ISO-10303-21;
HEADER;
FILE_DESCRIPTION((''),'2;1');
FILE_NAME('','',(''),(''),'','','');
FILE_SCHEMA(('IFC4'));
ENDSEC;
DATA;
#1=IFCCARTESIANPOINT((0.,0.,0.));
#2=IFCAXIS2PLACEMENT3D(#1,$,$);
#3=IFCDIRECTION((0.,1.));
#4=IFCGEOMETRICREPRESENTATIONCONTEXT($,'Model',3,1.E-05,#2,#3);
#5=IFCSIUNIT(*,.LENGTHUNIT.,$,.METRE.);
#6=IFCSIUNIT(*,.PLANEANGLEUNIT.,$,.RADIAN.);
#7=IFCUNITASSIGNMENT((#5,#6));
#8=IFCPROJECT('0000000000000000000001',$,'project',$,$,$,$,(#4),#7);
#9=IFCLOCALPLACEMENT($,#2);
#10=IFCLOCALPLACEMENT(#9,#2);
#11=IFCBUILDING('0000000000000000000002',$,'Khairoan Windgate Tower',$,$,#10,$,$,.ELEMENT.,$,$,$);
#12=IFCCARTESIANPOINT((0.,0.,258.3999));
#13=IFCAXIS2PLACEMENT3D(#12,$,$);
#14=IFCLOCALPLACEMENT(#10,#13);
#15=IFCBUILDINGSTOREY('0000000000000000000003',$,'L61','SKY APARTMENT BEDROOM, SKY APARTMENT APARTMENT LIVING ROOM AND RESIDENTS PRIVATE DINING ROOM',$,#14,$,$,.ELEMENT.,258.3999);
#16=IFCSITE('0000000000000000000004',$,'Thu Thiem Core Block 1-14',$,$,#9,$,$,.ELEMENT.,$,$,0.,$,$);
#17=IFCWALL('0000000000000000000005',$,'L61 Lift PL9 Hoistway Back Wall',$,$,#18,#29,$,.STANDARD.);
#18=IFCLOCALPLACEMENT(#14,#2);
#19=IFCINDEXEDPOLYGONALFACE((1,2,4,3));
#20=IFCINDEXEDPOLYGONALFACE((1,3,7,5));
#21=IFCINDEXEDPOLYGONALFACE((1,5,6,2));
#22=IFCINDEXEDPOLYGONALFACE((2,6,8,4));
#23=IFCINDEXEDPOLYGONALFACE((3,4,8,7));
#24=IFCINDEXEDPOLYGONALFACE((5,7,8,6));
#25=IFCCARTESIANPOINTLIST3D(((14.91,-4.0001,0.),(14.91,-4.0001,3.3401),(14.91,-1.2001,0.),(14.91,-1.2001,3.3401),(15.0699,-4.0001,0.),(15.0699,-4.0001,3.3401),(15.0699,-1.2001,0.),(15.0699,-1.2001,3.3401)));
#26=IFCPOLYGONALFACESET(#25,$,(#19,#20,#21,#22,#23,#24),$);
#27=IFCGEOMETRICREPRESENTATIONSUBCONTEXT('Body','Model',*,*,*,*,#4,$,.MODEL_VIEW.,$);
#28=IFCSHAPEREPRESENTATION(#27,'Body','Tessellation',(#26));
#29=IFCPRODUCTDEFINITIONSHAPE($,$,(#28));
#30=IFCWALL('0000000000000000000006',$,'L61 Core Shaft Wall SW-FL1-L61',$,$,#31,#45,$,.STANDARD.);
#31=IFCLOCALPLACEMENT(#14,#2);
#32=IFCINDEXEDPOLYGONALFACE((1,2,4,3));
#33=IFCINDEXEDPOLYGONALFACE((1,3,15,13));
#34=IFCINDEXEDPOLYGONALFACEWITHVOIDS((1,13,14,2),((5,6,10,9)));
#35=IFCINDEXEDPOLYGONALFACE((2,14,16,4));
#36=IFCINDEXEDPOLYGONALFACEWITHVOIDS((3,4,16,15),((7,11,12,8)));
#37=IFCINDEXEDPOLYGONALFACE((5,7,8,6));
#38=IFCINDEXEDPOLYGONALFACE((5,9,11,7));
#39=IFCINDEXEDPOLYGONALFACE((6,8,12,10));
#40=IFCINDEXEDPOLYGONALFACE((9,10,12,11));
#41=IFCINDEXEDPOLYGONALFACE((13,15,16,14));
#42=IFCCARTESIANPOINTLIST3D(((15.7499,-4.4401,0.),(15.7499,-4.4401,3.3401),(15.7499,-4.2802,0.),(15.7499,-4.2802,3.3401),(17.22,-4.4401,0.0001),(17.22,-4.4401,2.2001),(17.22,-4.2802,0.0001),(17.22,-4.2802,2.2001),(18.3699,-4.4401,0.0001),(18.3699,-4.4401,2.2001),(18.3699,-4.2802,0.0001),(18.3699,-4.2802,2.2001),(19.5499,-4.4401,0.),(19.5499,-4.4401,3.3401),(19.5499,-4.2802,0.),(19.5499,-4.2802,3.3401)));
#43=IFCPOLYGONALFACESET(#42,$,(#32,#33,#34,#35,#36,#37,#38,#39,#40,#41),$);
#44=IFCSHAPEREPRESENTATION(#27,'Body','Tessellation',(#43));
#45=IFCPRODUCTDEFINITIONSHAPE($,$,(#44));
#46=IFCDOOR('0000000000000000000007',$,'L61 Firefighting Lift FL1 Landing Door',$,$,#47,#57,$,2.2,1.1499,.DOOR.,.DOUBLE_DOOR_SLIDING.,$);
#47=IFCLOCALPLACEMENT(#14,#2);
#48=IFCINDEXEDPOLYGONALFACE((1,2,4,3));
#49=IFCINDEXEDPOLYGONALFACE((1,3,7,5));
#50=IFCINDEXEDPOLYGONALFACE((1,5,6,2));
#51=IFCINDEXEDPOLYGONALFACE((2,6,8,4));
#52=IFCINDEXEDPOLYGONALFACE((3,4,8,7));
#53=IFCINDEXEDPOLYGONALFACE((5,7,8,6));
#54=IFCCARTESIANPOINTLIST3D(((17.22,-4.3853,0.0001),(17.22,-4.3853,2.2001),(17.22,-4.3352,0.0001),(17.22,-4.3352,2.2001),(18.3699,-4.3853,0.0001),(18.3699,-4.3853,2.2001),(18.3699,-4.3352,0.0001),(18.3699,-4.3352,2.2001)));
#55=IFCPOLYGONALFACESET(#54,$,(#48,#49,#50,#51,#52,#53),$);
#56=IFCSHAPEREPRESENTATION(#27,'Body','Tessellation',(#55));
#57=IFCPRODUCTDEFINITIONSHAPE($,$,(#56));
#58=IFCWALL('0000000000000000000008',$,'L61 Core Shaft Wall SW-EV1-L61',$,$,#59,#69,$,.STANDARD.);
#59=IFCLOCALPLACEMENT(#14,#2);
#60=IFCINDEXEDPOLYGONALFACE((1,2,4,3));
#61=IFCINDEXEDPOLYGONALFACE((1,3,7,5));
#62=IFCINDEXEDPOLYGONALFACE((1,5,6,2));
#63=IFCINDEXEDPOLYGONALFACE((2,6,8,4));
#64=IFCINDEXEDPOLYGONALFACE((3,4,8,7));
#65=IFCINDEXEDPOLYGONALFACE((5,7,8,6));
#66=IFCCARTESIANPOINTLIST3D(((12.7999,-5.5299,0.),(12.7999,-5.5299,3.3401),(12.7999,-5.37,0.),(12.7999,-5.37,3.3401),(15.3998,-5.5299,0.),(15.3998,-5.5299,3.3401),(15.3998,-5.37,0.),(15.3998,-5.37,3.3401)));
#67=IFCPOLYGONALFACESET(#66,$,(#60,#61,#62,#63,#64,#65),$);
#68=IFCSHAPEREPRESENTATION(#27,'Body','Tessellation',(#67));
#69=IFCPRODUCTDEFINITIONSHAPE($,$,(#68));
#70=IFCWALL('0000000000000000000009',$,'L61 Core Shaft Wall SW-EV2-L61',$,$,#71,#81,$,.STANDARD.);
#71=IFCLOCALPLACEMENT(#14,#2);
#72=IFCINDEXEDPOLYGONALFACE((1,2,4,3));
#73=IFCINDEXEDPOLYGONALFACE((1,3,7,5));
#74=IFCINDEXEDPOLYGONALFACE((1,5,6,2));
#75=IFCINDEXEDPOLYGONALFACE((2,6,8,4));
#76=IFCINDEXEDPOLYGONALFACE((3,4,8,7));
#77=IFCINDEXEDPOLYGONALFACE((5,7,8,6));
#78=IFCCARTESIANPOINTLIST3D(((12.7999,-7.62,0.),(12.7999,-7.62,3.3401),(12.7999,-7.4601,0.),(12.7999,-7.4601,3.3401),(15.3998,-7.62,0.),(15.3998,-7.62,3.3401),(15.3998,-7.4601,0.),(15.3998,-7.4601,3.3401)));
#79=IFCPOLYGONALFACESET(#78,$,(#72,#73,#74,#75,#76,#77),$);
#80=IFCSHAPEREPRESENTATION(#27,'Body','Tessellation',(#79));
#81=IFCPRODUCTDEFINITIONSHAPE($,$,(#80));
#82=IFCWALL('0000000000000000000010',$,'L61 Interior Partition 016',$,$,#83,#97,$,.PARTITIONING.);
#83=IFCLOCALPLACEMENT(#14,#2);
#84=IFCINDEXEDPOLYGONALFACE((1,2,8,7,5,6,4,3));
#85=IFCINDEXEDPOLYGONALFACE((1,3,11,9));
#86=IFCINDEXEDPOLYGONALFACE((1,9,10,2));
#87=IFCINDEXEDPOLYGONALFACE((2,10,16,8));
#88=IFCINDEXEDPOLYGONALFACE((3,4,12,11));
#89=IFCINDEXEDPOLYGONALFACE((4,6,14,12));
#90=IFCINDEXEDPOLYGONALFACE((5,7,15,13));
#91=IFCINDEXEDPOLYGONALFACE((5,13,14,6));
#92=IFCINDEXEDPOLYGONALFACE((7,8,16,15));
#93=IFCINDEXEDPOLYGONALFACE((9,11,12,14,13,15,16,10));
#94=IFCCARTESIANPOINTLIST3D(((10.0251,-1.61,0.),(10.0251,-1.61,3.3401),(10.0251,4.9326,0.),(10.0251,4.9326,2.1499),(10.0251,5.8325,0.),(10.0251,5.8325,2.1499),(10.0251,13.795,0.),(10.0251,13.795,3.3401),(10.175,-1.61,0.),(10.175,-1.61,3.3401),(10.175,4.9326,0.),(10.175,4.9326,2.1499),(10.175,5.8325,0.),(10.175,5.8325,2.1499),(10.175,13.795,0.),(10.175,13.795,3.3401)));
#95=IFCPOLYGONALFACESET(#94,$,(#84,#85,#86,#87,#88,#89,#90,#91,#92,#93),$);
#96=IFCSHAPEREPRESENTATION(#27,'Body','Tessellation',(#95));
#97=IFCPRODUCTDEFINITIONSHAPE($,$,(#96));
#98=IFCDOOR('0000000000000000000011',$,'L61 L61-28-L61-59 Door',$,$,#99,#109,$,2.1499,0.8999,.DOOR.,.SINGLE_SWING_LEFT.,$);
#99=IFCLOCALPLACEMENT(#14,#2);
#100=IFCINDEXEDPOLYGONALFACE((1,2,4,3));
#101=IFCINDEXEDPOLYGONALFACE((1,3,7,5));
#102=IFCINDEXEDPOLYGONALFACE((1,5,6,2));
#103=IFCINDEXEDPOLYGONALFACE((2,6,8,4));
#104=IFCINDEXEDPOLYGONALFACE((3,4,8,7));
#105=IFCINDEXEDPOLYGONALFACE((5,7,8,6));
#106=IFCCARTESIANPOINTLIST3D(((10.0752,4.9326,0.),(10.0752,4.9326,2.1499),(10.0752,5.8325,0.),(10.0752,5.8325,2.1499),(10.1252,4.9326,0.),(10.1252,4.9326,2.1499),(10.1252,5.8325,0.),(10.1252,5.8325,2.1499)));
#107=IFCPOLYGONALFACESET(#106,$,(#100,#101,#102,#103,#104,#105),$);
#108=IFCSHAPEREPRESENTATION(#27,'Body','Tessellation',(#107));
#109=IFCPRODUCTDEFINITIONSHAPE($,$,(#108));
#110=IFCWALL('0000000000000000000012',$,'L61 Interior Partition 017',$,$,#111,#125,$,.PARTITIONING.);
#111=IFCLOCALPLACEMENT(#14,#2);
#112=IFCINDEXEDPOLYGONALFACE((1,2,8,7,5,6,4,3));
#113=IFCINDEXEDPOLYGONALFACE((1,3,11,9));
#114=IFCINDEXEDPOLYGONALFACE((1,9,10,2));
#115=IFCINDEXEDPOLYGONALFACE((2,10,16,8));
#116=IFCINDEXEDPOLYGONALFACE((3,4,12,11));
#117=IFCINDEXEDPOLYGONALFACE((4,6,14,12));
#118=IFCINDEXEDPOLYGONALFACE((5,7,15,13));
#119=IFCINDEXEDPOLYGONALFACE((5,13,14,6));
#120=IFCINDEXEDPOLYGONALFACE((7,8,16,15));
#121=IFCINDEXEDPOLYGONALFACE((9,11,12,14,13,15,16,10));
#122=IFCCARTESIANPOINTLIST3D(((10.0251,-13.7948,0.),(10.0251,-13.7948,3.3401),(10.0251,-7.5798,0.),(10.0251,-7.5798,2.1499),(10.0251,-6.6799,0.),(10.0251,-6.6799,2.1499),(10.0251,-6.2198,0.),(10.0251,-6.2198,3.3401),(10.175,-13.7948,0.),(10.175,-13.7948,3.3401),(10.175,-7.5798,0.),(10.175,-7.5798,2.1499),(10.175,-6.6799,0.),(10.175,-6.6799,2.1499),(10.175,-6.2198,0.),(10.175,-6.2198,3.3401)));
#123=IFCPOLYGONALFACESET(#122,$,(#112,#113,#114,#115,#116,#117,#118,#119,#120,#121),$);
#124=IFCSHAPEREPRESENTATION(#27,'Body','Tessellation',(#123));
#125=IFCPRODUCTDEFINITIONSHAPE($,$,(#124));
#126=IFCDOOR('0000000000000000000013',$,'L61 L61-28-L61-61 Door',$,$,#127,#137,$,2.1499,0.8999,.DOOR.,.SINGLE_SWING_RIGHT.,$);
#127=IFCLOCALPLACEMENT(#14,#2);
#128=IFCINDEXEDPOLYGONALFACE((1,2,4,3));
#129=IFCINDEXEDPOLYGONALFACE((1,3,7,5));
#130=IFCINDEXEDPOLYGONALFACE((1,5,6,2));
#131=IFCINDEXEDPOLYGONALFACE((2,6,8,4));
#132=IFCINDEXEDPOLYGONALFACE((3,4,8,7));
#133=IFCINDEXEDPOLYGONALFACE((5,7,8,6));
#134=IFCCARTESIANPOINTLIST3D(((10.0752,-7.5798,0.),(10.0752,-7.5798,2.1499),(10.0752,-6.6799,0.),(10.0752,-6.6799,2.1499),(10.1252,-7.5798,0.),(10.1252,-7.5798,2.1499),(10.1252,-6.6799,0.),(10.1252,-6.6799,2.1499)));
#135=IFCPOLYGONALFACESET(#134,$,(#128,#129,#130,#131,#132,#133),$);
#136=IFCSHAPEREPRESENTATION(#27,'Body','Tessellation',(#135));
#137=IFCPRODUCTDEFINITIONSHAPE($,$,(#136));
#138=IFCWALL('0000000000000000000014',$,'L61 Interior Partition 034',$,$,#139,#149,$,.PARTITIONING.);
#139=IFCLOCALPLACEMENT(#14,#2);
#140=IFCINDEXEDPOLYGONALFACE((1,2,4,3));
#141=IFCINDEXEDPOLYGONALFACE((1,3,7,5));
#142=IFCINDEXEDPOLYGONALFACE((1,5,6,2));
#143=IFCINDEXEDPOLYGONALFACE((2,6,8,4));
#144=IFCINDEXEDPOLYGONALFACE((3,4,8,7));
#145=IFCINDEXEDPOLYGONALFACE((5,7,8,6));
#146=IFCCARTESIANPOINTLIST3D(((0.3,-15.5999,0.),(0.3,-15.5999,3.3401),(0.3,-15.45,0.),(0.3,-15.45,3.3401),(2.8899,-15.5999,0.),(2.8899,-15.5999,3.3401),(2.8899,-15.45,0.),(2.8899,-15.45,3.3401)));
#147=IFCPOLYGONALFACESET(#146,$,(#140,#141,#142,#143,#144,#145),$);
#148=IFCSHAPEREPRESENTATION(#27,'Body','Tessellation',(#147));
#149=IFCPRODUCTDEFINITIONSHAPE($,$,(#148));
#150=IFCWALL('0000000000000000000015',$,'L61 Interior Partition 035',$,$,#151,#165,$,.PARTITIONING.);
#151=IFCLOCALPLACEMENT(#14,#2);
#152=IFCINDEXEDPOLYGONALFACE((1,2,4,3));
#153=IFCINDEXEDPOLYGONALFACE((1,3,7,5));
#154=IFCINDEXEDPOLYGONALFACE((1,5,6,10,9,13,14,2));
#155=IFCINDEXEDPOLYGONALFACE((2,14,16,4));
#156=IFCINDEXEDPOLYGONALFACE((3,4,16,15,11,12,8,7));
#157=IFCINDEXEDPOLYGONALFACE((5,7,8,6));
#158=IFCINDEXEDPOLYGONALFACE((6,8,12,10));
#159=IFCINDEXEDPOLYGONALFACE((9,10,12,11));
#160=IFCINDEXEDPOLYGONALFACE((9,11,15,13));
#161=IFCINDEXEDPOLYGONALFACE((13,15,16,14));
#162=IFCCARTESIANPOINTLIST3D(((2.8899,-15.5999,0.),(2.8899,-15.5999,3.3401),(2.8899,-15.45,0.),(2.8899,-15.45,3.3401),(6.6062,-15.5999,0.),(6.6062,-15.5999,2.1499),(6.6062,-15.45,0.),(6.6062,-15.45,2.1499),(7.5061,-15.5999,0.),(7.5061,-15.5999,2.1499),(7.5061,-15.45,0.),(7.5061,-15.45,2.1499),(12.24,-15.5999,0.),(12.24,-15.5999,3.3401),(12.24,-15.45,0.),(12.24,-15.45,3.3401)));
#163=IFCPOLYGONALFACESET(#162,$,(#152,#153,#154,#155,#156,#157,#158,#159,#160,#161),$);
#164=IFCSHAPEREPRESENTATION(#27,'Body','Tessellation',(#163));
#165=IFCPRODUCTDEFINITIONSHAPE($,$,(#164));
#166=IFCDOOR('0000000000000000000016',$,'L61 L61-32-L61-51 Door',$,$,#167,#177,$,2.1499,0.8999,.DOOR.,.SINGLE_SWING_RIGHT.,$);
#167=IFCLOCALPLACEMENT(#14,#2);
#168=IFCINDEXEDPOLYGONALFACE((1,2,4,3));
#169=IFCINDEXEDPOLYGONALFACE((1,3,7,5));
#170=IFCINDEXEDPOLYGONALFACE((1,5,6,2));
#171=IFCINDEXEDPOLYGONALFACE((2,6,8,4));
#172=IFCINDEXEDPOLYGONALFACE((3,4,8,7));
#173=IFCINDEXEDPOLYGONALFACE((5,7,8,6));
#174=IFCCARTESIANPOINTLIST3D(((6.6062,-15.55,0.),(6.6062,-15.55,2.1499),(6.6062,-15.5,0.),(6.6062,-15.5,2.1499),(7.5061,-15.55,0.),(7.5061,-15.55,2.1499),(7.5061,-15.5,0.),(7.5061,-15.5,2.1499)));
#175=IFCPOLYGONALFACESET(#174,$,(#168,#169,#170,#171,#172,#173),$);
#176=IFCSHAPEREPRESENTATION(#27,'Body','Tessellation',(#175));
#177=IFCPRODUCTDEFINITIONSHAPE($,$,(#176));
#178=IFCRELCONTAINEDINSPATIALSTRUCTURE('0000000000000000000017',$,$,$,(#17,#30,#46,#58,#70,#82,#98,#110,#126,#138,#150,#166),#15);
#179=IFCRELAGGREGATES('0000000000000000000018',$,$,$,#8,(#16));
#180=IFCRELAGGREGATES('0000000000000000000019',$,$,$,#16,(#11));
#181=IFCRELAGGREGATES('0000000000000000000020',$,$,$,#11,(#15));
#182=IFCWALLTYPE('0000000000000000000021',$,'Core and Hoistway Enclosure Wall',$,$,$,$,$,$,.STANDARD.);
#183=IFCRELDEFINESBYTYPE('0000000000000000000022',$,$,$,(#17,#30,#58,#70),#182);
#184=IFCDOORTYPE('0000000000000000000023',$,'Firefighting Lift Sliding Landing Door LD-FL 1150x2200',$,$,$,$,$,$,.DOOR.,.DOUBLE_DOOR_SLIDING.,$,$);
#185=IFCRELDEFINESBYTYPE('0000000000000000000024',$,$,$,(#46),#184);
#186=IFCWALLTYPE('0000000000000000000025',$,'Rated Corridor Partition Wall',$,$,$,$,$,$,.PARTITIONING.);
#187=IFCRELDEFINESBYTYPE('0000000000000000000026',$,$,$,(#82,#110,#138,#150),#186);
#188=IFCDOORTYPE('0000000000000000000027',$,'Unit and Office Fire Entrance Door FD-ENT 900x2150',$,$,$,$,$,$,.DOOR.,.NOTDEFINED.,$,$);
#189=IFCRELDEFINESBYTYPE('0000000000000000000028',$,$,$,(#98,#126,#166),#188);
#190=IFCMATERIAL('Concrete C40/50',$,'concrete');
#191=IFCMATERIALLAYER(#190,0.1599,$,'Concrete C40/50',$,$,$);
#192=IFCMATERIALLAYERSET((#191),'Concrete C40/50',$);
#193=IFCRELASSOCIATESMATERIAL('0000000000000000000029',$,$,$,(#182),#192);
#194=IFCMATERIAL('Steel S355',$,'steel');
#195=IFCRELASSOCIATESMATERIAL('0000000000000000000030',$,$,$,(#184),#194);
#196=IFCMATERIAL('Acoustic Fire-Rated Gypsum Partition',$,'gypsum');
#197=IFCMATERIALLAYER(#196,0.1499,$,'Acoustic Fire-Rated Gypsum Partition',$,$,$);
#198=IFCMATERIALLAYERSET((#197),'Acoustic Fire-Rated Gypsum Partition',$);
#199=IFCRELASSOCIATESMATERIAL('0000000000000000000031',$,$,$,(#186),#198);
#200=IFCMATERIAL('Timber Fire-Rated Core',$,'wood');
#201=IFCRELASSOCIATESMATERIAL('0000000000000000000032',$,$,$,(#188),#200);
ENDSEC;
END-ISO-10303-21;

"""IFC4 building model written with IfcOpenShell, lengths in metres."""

from ifc_helpers import new_model, si_unit, direction, frame, frame_2d, origin, place, context, subcontext, project, spatial, rectangle, extrude, material, layer, layer_set, type_object, element, fill, save


model = new_model("IFC4")

# Units and contexts
model_context = context("Model", 3, precision=1e-05, world=origin(), true_north=direction((0.0, 1.0)))
body_context = subcontext(model_context, "Body", "Model", "MODEL_VIEW")
ifc_project = project(units=[si_unit("LENGTHUNIT", "METRE"), si_unit("PLANEANGLEUNIT", "RADIAN")], contexts=[model_context])

# Site, building, storey
site_placement = place(None, origin())
site = spatial("IfcSite", under=ifc_project, at=site_placement, Name="Thu Thiem Core Block 1-14", CompositionType="ELEMENT", RefElevation=0.0)
building_placement = place(site_placement, origin())
building = spatial("IfcBuilding", under=site, at=building_placement, Name="Khairoan Windgate Tower", CompositionType="ELEMENT")
storey_placement = place(building_placement, frame((0.0, 0.0, 258.3999)))
storey = spatial("IfcBuildingStorey", under=building, at=storey_placement, Name="L61", Description="SKY APARTMENT BEDROOM, SKY APARTMENT APARTMENT LIVING ROOM AND RESIDENTS PRIVATE DINING ROOM", CompositionType="ELEMENT", Elevation=258.3999)

# Wall
ifc_material_1 = material(Name="Concrete C40/50", Category="concrete")
ifc_layer_1 = layer(ifc_material_1, 0.1599, Name="Concrete C40/50")
ifc_layer_set_1 = layer_set([ifc_layer_1], Name="Concrete C40/50")
wall_type_1 = type_object("IfcWallType", Name="Core and Hoistway Enclosure Wall", PredefinedType="STANDARD", material=ifc_layer_set_1)
wall_1_placement = place(storey_placement, frame((14.99, -4.0, 0.0), z_axis=(0.0, 0.0, 1.0), x_axis=(0.0, 1.0, 0.0)))
element("IfcWall", 1, at=wall_1_placement, inside=storey, type_object=wall_type_1, Name="L61 Lift PL9 Hoistway Back Wall", PredefinedType="STANDARD", context=body_context, shape_type="SweptSolid", body=[
    extrude(rectangle(XDim=2.8, YDim=0.1599, at=frame_2d((1.3999, 0.0))), origin(), (0.0, 0.0, 1.0), 3.3401),
])

# Wall, opening, door
wall_2_placement = place(storey_placement, frame((15.75, -4.3601, 0.0), z_axis=(0.0, 0.0, 1.0), x_axis=(1.0, 0.0, 0.0)))
wall_2 = element("IfcWall", 2, at=wall_2_placement, inside=storey, type_object=wall_type_1, Name="L61 Core Shaft Wall SW-FL1-L61", PredefinedType="STANDARD", context=body_context, shape_type="SweptSolid", body=[
    extrude(rectangle(XDim=3.8, YDim=0.1599, at=frame_2d((1.8999, 0.0))), origin(), (0.0, 0.0, 1.0), 3.3401),
])
opening_1_placement = place(wall_2_placement, frame((1.47, 0.0, 0.0)))
opening_1 = element("IfcOpeningElement", 3, at=opening_1_placement, cuts=wall_2, PredefinedType="OPENING", context=body_context, shape_type="SweptSolid", body=[
    extrude(rectangle(XDim=1.1499, YDim=2.2, at=frame_2d((0.575, 1.1001))), frame((0.0, 0.0898, 0.0), z_axis=(0.0, -1.0, 0.0), x_axis=(1.0, 0.0, 0.0)), (0.0, 0.0, 1.0), 0.1799),
])
ifc_material_2 = material(Name="Steel S355", Category="steel")
door_type_1 = type_object("IfcDoorType", Name="Firefighting Lift Sliding Landing Door LD-FL 1150x2200", OperationType="DOUBLE_DOOR_SLIDING", PredefinedType="DOOR", material=ifc_material_2)
door_1_placement = place(opening_1_placement, origin())
door_1 = element("IfcDoor", 4, at=door_1_placement, inside=storey, type_object=door_type_1, Name="L61 Firefighting Lift FL1 Landing Door", OperationType="DOUBLE_DOOR_SLIDING", OverallHeight=2.2, OverallWidth=1.1499, PredefinedType="DOOR", context=body_context, shape_type="SweptSolid", body=[
    extrude(rectangle(XDim=1.1499, YDim=2.2, at=frame_2d((0.575, 1.1001))), frame((0.0, 0.0249, 0.0), z_axis=(0.0, -1.0, 0.0), x_axis=(1.0, 0.0, 0.0)), (0.0, 0.0, 1.0), 0.05),
])
fill(opening_1, door_1)

# Walls
for number, where, z_axis, x_axis, name in (
    (5, (12.8, -5.45, 0.0), (0.0, 0.0, 1.0), (1.0, 0.0, 0.0), "L61 Core Shaft Wall SW-EV1-L61"),
    (6, (12.8, -7.54, 0.0), (0.0, 0.0, 1.0), (1.0, 0.0, 0.0), "L61 Core Shaft Wall SW-EV2-L61"),
):
    element("IfcWall", number, at=place(storey_placement, frame(where, z_axis=z_axis, x_axis=x_axis)), inside=storey, type_object=wall_type_1, Name=name, PredefinedType="STANDARD", context=body_context, shape_type="SweptSolid", body=[
        extrude(rectangle(XDim=2.5999, YDim=0.1599, at=frame_2d((1.2998, 0.0))), origin(), (0.0, 0.0, 1.0), 3.3401),
    ])

# Walls, openings, doors
ifc_material_3 = material(Name="Acoustic Fire-Rated Gypsum Partition", Category="gypsum")
ifc_layer_2 = layer(ifc_material_3, 0.1499, Name="Acoustic Fire-Rated Gypsum Partition")
ifc_layer_set_2 = layer_set([ifc_layer_2], Name="Acoustic Fire-Rated Gypsum Partition")
wall_type_2 = type_object("IfcWallType", Name="Rated Corridor Partition Wall", PredefinedType="PARTITIONING", material=ifc_layer_set_2)
wall_3_placement = place(storey_placement, frame((10.1001, -1.6101, 0.0), z_axis=(0.0, 0.0, 1.0), x_axis=(0.0, 1.0, 0.0)))
wall_3 = element("IfcWall", 7, at=wall_3_placement, inside=storey, type_object=wall_type_2, Name="L61 Interior Partition 016", PredefinedType="PARTITIONING", context=body_context, shape_type="SweptSolid", body=[
    extrude(rectangle(XDim=15.405, YDim=0.1499, at=frame_2d((7.7026, 0.0))), origin(), (0.0, 0.0, 1.0), 3.3401),
])
opening_2_placement = place(wall_3_placement, frame((6.5427, 0.0, 0.0)))
opening_2 = element("IfcOpeningElement", 8, at=opening_2_placement, cuts=wall_3, PredefinedType="OPENING", context=body_context, shape_type="SweptSolid", body=[
    extrude(rectangle(XDim=0.8999, YDim=2.1499, at=frame_2d((0.45, 1.075))), frame((0.0, 0.085, 0.0), z_axis=(0.0, -1.0, 0.0), x_axis=(1.0, 0.0, 0.0)), (0.0, 0.0, 1.0), 0.1699),
])
ifc_material_4 = material(Name="Timber Fire-Rated Core", Category="wood")
door_type_2 = type_object("IfcDoorType", Name="Unit and Office Fire Entrance Door FD-ENT 900x2150", OperationType="NOTDEFINED", PredefinedType="DOOR", material=ifc_material_4)
door_2_placement = place(opening_2_placement, origin())
door_2 = element("IfcDoor", 9, at=door_2_placement, inside=storey, type_object=door_type_2, Name="L61 L61-28-L61-59 Door", OperationType="SINGLE_SWING_LEFT", OverallHeight=2.1499, OverallWidth=0.8999, PredefinedType="DOOR", context=body_context, shape_type="SweptSolid", body=[
    extrude(rectangle(XDim=0.8999, YDim=2.1499, at=frame_2d((0.45, 1.075))), frame((0.0, 0.0249, 0.0), z_axis=(0.0, -1.0, 0.0), x_axis=(1.0, 0.0, 0.0)), (0.0, 0.0, 1.0), 0.05),
])
fill(opening_2, door_2)
wall_4_placement = place(storey_placement, frame((10.1001, -13.7949, 0.0), z_axis=(0.0, 0.0, 1.0), x_axis=(0.0, 1.0, 0.0)))
wall_4 = element("IfcWall", 10, at=wall_4_placement, inside=storey, type_object=wall_type_2, Name="L61 Interior Partition 017", PredefinedType="PARTITIONING", context=body_context, shape_type="SweptSolid", body=[
    extrude(rectangle(XDim=7.575, YDim=0.1499, at=frame_2d((3.7876, 0.0))), origin(), (0.0, 0.0, 1.0), 3.3401),
])
opening_3_placement = place(wall_4_placement, frame((6.2151, 0.0, 0.0)))
opening_3 = element("IfcOpeningElement", 11, at=opening_3_placement, cuts=wall_4, PredefinedType="OPENING", context=body_context, shape_type="SweptSolid", body=[
    extrude(rectangle(XDim=0.8999, YDim=2.1499, at=frame_2d((0.45, 1.075))), frame((0.0, 0.085, 0.0), z_axis=(0.0, -1.0, 0.0), x_axis=(1.0, 0.0, 0.0)), (0.0, 0.0, 1.0), 0.1699),
])
door_3_placement = place(opening_3_placement, origin())
door_3 = element("IfcDoor", 12, at=door_3_placement, inside=storey, type_object=door_type_2, Name="L61 L61-28-L61-61 Door", OperationType="SINGLE_SWING_RIGHT", OverallHeight=2.1499, OverallWidth=0.8999, PredefinedType="DOOR", context=body_context, shape_type="SweptSolid", body=[
    extrude(rectangle(XDim=0.8999, YDim=2.1499, at=frame_2d((0.45, 1.075))), frame((0.0, 0.0249, 0.0), z_axis=(0.0, -1.0, 0.0), x_axis=(1.0, 0.0, 0.0)), (0.0, 0.0, 1.0), 0.05),
])
fill(opening_3, door_3)

# Wall
wall_5_placement = place(storey_placement, frame((0.3, -15.5249, 0.0), z_axis=(0.0, 0.0, 1.0), x_axis=(1.0, 0.0, 0.0)))
element("IfcWall", 13, at=wall_5_placement, inside=storey, type_object=wall_type_2, Name="L61 Interior Partition 034", PredefinedType="PARTITIONING", context=body_context, shape_type="SweptSolid", body=[
    extrude(rectangle(XDim=2.5898, YDim=0.1499, at=frame_2d((1.2949, 0.0))), origin(), (0.0, 0.0, 1.0), 3.3401),
])

# Wall, opening, door
wall_6_placement = place(storey_placement, frame((2.8899, -15.5249, 0.0), z_axis=(0.0, 0.0, 1.0), x_axis=(1.0, 0.0, 0.0)))
wall_6 = element("IfcWall", 14, at=wall_6_placement, inside=storey, type_object=wall_type_2, Name="L61 Interior Partition 035", PredefinedType="PARTITIONING", context=body_context, shape_type="SweptSolid", body=[
    extrude(rectangle(XDim=9.3501, YDim=0.1499, at=frame_2d((4.675, 0.0))), origin(), (0.0, 0.0, 1.0), 3.3401),
])
opening_4_placement = place(wall_6_placement, frame((3.7163, 0.0, 0.0)))
opening_4 = element("IfcOpeningElement", 15, at=opening_4_placement, cuts=wall_6, PredefinedType="OPENING", context=body_context, shape_type="SweptSolid", body=[
    extrude(rectangle(XDim=0.8999, YDim=2.1499, at=frame_2d((0.45, 1.075))), frame((0.0, 0.085, 0.0), z_axis=(0.0, -1.0, 0.0), x_axis=(1.0, 0.0, 0.0)), (0.0, 0.0, 1.0), 0.1699),
])
door_4_placement = place(opening_4_placement, origin())
door_4 = element("IfcDoor", 16, at=door_4_placement, inside=storey, type_object=door_type_2, Name="L61 L61-32-L61-51 Door", OperationType="SINGLE_SWING_RIGHT", OverallHeight=2.1499, OverallWidth=0.8999, PredefinedType="DOOR", context=body_context, shape_type="SweptSolid", body=[
    extrude(rectangle(XDim=0.8999, YDim=2.1499, at=frame_2d((0.45, 1.075))), frame((0.0, 0.0249, 0.0), z_axis=(0.0, -1.0, 0.0), x_axis=(1.0, 0.0, 0.0)), (0.0, 0.0, 1.0), 0.05),
])
fill(opening_4, door_4)

save(model, "model.ifc")
